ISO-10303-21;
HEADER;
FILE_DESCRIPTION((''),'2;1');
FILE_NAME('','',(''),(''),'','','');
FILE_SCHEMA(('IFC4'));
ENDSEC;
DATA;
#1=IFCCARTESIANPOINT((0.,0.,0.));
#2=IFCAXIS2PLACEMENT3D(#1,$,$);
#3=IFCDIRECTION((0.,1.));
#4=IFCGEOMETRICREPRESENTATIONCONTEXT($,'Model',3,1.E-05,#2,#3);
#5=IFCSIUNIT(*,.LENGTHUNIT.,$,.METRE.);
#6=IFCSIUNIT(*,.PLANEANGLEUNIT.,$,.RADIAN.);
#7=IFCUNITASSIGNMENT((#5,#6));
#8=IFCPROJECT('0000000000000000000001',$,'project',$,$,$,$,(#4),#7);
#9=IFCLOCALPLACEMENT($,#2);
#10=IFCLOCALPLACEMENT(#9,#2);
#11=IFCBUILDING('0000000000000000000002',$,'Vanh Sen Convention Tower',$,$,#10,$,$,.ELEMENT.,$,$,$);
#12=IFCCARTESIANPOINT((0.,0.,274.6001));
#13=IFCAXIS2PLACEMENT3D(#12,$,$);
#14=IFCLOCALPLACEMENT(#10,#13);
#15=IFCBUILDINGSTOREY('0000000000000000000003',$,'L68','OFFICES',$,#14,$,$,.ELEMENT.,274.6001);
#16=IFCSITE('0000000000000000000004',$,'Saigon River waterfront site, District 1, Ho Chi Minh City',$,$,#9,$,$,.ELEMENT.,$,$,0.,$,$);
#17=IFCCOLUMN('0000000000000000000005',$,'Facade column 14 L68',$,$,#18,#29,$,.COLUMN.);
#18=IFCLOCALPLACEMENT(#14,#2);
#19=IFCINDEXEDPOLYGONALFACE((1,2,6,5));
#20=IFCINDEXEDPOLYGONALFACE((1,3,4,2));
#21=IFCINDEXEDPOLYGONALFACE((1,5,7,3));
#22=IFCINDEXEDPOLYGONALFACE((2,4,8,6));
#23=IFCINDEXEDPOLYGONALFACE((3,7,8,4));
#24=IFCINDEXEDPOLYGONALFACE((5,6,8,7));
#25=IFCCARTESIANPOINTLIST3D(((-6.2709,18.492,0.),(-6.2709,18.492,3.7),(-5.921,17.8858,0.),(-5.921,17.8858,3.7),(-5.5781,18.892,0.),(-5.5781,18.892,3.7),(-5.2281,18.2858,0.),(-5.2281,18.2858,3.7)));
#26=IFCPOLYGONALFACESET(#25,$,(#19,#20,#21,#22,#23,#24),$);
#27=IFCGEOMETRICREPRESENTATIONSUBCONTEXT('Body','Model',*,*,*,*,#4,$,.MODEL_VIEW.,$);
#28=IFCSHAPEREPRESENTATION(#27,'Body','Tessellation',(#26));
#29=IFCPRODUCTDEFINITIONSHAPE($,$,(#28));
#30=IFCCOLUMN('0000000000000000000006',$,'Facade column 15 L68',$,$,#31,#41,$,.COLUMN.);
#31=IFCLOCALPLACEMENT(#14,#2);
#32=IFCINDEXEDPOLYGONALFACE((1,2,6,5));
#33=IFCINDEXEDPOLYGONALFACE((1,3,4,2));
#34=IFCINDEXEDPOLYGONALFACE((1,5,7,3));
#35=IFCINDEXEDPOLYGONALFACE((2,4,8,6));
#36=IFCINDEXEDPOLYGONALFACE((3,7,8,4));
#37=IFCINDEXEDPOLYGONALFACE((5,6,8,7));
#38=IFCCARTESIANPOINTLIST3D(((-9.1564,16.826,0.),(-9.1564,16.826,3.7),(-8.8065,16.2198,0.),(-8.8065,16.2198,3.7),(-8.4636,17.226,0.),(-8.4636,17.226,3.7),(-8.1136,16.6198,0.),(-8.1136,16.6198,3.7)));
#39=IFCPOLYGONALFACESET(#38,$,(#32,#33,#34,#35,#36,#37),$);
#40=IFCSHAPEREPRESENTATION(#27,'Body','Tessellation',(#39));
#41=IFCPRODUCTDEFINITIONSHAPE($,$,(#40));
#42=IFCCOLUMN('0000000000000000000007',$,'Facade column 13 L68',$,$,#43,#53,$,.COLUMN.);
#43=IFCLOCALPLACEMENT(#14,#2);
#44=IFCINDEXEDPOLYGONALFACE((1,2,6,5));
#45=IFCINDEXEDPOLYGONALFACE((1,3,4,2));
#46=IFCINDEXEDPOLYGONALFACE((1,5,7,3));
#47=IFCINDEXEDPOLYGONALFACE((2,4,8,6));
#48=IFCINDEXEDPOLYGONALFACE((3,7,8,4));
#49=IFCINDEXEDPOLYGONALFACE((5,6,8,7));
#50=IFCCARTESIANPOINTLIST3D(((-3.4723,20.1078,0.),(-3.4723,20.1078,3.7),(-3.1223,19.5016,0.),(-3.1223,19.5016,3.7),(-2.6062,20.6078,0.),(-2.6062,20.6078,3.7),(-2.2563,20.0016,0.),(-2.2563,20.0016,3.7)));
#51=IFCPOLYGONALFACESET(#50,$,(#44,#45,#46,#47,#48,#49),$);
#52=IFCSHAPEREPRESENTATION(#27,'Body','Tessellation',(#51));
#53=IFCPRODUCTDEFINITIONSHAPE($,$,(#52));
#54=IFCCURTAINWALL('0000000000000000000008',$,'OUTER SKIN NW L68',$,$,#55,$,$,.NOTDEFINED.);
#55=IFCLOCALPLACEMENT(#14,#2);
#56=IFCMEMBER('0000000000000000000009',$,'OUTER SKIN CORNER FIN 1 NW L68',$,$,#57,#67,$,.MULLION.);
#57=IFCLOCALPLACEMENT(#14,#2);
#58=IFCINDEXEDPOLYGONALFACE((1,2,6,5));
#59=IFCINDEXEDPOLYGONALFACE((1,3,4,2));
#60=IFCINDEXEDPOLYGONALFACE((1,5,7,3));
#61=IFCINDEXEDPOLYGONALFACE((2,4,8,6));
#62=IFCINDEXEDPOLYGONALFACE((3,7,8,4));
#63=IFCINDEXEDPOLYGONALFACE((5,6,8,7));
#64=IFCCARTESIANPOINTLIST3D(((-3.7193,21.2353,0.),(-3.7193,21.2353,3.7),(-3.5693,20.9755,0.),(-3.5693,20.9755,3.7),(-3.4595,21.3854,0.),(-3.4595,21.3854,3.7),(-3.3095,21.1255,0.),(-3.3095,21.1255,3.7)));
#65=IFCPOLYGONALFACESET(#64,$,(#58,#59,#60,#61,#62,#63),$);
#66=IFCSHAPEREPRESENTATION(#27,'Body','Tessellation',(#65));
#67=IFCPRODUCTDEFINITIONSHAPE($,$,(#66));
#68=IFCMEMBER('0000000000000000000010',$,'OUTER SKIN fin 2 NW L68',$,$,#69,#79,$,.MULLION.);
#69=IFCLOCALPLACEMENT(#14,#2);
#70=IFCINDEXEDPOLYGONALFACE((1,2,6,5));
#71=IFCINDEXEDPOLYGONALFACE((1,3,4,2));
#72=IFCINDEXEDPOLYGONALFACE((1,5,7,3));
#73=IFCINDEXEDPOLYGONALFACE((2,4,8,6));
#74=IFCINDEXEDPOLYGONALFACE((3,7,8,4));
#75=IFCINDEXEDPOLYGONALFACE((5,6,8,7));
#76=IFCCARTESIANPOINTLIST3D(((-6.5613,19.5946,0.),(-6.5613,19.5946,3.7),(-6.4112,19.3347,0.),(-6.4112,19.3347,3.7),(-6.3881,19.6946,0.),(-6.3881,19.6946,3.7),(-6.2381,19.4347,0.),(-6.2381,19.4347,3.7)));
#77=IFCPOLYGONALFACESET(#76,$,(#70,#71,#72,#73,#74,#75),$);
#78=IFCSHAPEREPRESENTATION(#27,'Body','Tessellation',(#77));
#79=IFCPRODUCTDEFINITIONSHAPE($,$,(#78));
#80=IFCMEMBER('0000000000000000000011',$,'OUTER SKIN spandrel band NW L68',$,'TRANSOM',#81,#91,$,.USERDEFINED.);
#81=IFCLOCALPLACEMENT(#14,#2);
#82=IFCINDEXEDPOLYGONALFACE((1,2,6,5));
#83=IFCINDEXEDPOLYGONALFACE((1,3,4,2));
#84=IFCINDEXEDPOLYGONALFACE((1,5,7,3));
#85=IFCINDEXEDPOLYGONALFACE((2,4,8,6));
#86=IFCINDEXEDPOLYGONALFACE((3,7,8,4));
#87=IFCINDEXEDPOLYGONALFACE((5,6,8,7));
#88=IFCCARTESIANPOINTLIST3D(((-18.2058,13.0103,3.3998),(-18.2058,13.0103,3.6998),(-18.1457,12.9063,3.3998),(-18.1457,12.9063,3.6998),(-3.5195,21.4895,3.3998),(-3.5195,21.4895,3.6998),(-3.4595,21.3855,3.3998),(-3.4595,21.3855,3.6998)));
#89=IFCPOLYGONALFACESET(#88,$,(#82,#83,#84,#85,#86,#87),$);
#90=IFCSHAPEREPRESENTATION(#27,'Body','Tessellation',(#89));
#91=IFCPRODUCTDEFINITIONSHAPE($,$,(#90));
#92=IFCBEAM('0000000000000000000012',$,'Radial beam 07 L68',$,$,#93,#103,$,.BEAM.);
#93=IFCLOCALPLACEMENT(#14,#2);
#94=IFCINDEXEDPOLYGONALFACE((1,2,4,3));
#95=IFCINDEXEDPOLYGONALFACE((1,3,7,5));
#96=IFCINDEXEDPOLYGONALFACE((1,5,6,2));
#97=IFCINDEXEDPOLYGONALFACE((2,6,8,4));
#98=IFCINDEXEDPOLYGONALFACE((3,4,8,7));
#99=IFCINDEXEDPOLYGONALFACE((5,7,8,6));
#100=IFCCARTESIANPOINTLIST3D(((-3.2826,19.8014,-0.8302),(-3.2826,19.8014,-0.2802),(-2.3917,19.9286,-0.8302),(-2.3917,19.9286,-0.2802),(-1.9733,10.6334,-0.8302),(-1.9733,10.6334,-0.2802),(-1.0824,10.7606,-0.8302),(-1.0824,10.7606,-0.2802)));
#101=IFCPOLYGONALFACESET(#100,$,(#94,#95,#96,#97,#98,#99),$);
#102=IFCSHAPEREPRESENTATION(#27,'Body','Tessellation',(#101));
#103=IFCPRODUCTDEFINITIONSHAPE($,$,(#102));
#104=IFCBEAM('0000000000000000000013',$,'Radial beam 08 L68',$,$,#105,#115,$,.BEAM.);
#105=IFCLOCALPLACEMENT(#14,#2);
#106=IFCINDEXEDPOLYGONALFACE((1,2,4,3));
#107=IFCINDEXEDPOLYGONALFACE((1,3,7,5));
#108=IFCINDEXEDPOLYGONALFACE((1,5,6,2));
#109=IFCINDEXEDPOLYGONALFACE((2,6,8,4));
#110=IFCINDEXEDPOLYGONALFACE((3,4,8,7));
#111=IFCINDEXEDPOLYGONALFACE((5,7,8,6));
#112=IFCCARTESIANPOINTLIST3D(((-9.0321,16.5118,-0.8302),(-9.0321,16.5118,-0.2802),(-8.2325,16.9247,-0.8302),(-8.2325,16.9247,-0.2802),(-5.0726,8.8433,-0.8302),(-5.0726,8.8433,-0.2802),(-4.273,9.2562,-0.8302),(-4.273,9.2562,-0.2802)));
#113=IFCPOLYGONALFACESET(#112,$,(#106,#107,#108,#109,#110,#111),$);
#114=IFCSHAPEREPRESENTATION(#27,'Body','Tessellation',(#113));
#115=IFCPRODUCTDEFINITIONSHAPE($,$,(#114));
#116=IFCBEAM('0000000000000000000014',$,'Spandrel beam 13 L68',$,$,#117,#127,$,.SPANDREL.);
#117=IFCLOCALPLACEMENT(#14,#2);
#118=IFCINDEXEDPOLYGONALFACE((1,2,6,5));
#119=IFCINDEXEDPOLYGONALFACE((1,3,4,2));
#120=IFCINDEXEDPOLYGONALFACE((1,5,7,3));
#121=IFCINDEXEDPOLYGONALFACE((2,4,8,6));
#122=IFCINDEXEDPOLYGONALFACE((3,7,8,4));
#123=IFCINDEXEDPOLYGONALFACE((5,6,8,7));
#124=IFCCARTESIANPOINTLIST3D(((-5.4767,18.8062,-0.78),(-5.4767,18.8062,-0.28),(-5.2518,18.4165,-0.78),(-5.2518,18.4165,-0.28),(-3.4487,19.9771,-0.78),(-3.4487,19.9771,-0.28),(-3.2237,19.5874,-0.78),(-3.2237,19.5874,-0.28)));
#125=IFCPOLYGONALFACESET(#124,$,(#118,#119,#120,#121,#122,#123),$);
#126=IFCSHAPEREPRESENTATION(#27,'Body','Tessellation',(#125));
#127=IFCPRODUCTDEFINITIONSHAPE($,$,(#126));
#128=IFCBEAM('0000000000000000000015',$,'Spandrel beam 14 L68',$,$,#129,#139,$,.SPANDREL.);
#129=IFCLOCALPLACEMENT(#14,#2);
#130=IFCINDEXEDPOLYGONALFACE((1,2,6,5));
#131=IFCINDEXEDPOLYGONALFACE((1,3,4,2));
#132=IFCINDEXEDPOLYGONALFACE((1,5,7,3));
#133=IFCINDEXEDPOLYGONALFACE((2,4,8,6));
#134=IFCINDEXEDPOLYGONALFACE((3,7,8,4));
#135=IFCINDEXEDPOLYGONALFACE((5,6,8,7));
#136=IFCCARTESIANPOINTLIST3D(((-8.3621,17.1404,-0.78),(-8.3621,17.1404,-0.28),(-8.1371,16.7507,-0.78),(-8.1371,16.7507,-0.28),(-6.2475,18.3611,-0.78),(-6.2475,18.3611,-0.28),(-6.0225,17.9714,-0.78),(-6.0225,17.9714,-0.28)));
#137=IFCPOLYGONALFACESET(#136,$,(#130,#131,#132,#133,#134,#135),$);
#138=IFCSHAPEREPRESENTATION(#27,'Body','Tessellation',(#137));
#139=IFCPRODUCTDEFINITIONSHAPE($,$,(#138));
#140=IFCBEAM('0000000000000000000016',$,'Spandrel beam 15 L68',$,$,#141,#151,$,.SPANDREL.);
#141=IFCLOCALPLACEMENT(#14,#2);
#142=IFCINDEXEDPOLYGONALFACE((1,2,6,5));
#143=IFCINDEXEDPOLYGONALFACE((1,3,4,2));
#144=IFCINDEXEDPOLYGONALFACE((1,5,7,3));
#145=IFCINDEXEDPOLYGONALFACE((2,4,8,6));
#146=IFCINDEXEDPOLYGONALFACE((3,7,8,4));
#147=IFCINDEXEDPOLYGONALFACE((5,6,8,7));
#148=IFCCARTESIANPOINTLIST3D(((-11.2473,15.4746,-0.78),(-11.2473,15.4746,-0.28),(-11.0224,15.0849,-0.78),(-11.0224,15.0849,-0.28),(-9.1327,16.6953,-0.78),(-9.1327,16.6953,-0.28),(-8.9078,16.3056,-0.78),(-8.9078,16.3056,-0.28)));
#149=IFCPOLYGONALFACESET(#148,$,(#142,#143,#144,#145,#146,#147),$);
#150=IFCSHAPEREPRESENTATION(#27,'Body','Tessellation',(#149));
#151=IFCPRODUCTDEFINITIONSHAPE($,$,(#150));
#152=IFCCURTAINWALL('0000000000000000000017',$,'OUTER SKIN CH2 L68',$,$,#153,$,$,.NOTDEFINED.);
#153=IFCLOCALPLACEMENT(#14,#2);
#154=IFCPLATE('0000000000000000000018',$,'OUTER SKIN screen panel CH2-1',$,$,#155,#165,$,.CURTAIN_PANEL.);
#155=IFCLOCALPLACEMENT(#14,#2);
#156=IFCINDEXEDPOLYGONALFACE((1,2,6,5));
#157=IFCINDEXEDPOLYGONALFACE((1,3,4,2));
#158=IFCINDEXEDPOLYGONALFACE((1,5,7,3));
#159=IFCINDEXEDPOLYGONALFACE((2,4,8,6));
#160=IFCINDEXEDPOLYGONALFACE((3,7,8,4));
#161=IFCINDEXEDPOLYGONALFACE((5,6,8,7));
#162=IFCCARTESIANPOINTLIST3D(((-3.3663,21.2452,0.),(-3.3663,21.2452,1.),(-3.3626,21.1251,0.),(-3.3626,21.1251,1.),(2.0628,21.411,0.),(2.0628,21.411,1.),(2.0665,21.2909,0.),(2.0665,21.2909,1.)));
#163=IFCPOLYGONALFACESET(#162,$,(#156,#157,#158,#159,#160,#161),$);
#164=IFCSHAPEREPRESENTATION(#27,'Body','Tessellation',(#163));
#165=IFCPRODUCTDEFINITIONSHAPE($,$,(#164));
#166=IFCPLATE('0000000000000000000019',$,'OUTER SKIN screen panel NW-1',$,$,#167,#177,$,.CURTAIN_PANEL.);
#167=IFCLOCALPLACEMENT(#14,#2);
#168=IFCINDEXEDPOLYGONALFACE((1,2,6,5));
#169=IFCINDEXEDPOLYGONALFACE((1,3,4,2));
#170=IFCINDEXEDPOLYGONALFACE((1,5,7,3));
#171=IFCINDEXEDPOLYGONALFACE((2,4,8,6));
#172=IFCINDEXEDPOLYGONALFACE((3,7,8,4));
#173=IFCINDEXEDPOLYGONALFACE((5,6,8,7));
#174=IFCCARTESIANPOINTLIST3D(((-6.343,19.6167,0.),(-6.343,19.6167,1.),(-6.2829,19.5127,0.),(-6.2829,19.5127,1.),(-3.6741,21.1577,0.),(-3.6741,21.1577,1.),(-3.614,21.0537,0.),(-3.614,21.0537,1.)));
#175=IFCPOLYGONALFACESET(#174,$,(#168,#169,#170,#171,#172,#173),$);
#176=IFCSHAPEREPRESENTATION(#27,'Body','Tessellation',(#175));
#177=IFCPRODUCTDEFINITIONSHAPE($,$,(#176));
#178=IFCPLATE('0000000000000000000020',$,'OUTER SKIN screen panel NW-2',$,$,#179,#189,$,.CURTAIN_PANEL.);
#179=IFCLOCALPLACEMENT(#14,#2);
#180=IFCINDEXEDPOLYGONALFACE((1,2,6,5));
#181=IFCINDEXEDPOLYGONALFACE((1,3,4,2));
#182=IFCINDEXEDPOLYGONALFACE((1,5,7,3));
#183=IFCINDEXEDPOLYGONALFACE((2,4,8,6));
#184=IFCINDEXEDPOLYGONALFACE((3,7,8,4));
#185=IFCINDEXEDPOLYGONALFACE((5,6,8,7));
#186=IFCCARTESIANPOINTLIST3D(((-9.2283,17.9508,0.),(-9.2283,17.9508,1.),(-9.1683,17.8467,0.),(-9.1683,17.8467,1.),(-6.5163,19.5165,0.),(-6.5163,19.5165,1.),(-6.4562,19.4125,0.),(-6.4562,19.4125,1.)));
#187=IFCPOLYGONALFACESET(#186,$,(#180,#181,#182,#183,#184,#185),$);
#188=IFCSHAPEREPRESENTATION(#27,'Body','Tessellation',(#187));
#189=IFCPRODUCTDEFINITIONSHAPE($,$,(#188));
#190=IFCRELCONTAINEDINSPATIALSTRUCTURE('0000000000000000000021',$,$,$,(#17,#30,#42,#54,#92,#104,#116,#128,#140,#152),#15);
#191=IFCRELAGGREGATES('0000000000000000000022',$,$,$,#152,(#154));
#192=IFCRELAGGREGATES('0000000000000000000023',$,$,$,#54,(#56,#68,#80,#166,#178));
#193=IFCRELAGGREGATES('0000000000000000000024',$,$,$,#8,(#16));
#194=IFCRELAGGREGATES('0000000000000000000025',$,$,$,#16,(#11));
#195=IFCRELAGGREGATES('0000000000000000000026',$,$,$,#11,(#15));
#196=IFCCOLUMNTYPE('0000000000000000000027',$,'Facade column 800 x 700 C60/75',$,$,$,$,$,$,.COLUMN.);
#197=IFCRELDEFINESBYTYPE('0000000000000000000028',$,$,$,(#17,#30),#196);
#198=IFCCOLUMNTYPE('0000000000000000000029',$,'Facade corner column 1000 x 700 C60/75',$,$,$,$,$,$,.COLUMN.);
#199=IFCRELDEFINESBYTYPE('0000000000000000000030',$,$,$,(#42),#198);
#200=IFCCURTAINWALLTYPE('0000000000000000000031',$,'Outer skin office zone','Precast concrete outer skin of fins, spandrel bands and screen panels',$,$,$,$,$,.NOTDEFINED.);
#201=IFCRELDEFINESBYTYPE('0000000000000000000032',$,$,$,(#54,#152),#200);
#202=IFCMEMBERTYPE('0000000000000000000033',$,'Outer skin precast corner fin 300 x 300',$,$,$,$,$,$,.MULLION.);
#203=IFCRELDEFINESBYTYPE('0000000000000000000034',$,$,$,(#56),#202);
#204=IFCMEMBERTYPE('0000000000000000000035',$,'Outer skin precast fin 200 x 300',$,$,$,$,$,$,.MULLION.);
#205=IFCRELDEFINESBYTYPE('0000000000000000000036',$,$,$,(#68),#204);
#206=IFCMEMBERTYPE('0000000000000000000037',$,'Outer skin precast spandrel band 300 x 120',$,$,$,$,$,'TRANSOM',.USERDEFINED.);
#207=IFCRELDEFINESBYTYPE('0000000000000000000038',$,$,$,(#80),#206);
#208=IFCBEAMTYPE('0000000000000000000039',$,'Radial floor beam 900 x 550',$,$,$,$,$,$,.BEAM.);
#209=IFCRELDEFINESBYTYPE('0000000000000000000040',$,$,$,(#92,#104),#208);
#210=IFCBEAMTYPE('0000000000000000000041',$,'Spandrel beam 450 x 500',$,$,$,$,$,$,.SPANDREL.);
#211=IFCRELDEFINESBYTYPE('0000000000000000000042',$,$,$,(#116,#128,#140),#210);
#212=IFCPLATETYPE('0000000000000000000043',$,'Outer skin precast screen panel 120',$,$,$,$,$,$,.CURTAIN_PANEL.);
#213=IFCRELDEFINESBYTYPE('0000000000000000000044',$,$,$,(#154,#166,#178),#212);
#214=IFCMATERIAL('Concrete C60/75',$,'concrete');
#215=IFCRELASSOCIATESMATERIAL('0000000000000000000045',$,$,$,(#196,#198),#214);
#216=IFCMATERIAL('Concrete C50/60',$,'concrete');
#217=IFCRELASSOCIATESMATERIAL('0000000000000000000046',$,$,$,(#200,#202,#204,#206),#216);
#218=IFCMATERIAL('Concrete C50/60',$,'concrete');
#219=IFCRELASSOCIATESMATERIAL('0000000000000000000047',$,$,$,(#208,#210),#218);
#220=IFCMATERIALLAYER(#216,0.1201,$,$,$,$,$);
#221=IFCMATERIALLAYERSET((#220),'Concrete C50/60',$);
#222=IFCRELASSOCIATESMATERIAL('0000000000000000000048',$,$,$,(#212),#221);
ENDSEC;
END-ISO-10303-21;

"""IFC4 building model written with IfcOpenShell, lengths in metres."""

from ifc_helpers import new_model, si_unit, direction, frame, origin, origin_2d, place, context, subcontext, project, spatial, rectangle, extrude, material, layer, layer_set, material_profile, profile_set, type_object, element, aggregate, save


model = new_model("IFC4")

# Units and contexts
model_context = context("Model", 3, precision=1e-05, world=origin(), true_north=direction((0.0, 1.0)))
body_context = subcontext(model_context, "Body", "Model", "MODEL_VIEW")
ifc_project = project(units=[si_unit("LENGTHUNIT", "METRE"), si_unit("PLANEANGLEUNIT", "RADIAN")], contexts=[model_context])

# Site, building, storey
site_placement = place(None, origin())
site = spatial("IfcSite", under=ifc_project, at=site_placement, Name="Saigon River waterfront site, District 1, Ho Chi Minh City", CompositionType="ELEMENT", RefElevation=0.0)
building_placement = place(site_placement, origin())
building = spatial("IfcBuilding", under=site, at=building_placement, Name="Vanh Sen Convention Tower", CompositionType="ELEMENT")
storey_placement = place(building_placement, frame((0.0, 0.0, 274.6001)))
storey = spatial("IfcBuildingStorey", under=building, at=storey_placement, Name="L68", Description="OFFICES", CompositionType="ELEMENT", Elevation=274.6001)

# Columns
ifc_material_1 = material(Name="Concrete C60/75", Category="concrete")
ifc_material_profile_1 = material_profile(ifc_material_1, rectangle(XDim=0.8, YDim=0.7, at=origin_2d()), Name="RC 800X700")
ifc_profile_set_1 = profile_set([ifc_material_profile_1], Name="Concrete C60/75")
column_type_1 = type_object("IfcColumnType", Name="Facade column 800 x 700 C60/75", PredefinedType="COLUMN", material=ifc_profile_set_1)
for number, where, z_axis, x_axis, name in (
    (1, (-5.7495, 18.3889, 0.0), (0.0, 0.0, 1.0), (-0.866025, -0.5, 0.0), "Facade column 14 L68"),
    (2, (-8.635, 16.7229, 0.0), (0.0, 0.0, 1.0), (-0.866025, -0.5, 0.0), "Facade column 15 L68"),
):
    element("IfcColumn", number, at=place(storey_placement, frame(where, z_axis=z_axis, x_axis=x_axis)), inside=storey, type_object=column_type_1, Name=name, PredefinedType="COLUMN", context=body_context, shape_type="SweptSolid", body=[
        extrude(rectangle(XDim=0.8, YDim=0.7, at=origin_2d()), origin(), (0.0, 0.0, 1.0), 3.7),
    ])
ifc_material_profile_2 = material_profile(ifc_material_1, rectangle(XDim=1.0, YDim=0.7, at=origin_2d()), Name="RC 1000X700")
ifc_profile_set_2 = profile_set([ifc_material_profile_2], Name="Concrete C60/75")
column_type_2 = type_object("IfcColumnType", Name="Facade corner column 1000 x 700 C60/75", PredefinedType="COLUMN", material=ifc_profile_set_2)
column_placement = place(storey_placement, frame((-2.8643, 20.0547, 0.0), z_axis=(0.0, 0.0, 1.0), x_axis=(-0.866025, -0.5, 0.0)))
element("IfcColumn", 3, at=column_placement, inside=storey, type_object=column_type_2, Name="Facade column 13 L68", PredefinedType="COLUMN", context=body_context, shape_type="SweptSolid", body=[
    extrude(rectangle(XDim=1.0, YDim=0.7, at=origin_2d()), origin(), (0.0, 0.0, 1.0), 3.7),
])

# Curtain wall, members
ifc_material_2 = material(Name="Concrete C50/60", Category="concrete")
curtain_wall_type = type_object("IfcCurtainWallType", Name="Outer skin office zone", Description="Precast concrete outer skin of fins, spandrel bands and screen panels", PredefinedType="NOTDEFINED", material=ifc_material_2)
curtain_wall_1_placement = place(storey_placement, origin())
curtain_wall_1 = element("IfcCurtainWall", 4, at=curtain_wall_1_placement, inside=storey, type_object=curtain_wall_type, Name="OUTER SKIN NW L68", PredefinedType="NOTDEFINED")
ifc_material_profile_3 = material_profile(ifc_material_2, rectangle(XDim=0.3, YDim=0.3, at=origin_2d()), Name="Outer skin precast corner fin 300 x 300")
ifc_profile_set_3 = profile_set([ifc_material_profile_3], Name="Concrete C50/60")
member_type_1 = type_object("IfcMemberType", Name="Outer skin precast corner fin 300 x 300", PredefinedType="MULLION", material=ifc_profile_set_3)
member_1_placement = place(storey_placement, frame((-3.5144, 21.1804, 0.0), z_axis=(0.0, 0.0, 1.0), x_axis=(-0.866025, -0.5, 0.0)))
member_1 = element("IfcMember", 5, at=member_1_placement, type_object=member_type_1, Name="OUTER SKIN CORNER FIN 1 NW L68", PredefinedType="MULLION", context=body_context, shape_type="SweptSolid", body=[
    extrude(rectangle(XDim=0.3, YDim=0.3, at=origin_2d()), origin(), (0.0, 0.0, 1.0), 3.7),
])
ifc_material_profile_4 = material_profile(ifc_material_2, rectangle(XDim=0.2, YDim=0.3, at=origin_2d()), Name="Outer skin precast fin 200 x 300")
ifc_profile_set_4 = profile_set([ifc_material_profile_4], Name="Concrete C50/60")
member_type_2 = type_object("IfcMemberType", Name="Outer skin precast fin 200 x 300", PredefinedType="MULLION", material=ifc_profile_set_4)
member_2_placement = place(storey_placement, frame((-6.3997, 19.5146, 0.0), z_axis=(0.0, 0.0, 1.0), x_axis=(-0.866025, -0.5, 0.0)))
member_2 = element("IfcMember", 6, at=member_2_placement, type_object=member_type_2, Name="OUTER SKIN fin 2 NW L68", PredefinedType="MULLION", context=body_context, shape_type="SweptSolid", body=[
    extrude(rectangle(XDim=0.2, YDim=0.3, at=origin_2d()), origin(), (0.0, 0.0, 1.0), 3.7),
])
ifc_material_profile_5 = material_profile(ifc_material_2, rectangle(XDim=0.1201, YDim=0.3, at=origin_2d()), Name="Outer skin precast spandrel band 300 x 120")
ifc_profile_set_5 = profile_set([ifc_material_profile_5], Name="Concrete C50/60")
member_type_3 = type_object("IfcMemberType", Name="Outer skin precast spandrel band 300 x 120", ElementType="TRANSOM", PredefinedType="USERDEFINED", material=ifc_profile_set_5)
member_3_placement = place(storey_placement, frame((-3.4895, 21.4375, 3.5498), z_axis=(-0.866022, -0.500005, 0.0), x_axis=(0.500005, -0.866022, 0.0)))
member_3 = element("IfcMember", 7, at=member_3_placement, type_object=member_type_3, Name="OUTER SKIN spandrel band NW L68", ObjectType="TRANSOM", PredefinedType="USERDEFINED", context=body_context, shape_type="SweptSolid", body=[
    extrude(rectangle(XDim=0.1201, YDim=0.3, at=origin_2d()), origin(), (0.0, 0.0, 1.0), 16.9583),
])

# Beams
ifc_material_3 = material(Name="Concrete C50/60", Category="concrete")
ifc_material_profile_6 = material_profile(ifc_material_3, rectangle(XDim=0.8999, YDim=0.55, at=origin_2d()), Name="RC 900X550")
ifc_profile_set_6 = profile_set([ifc_material_profile_6], Name="Concrete C50/60")
beam_type_1 = type_object("IfcBeamType", Name="Radial floor beam 900 x 550", PredefinedType="BEAM", material=ifc_profile_set_6)
beam_1_placement = place(storey_placement, frame((-2.8372, 19.865, -0.5552), z_axis=(0.141381, -0.989955, 0.0), x_axis=(0.989955, 0.141381, 0.0)))
element("IfcBeam", 8, at=beam_1_placement, inside=storey, type_object=beam_type_1, Name="Radial beam 07 L68", PredefinedType="BEAM", context=body_context, shape_type="SweptSolid", body=[
    extrude(rectangle(XDim=0.8999, YDim=0.55, at=origin_2d()), origin(), (0.0, 0.0, 1.0), 9.261),
])
beam_2_placement = place(storey_placement, frame((-8.6323, 16.7183, -0.5552), z_axis=(0.458786, -0.888547, 0.0), x_axis=(0.888547, 0.458786, 0.0)))
element("IfcBeam", 9, at=beam_2_placement, inside=storey, type_object=beam_type_1, Name="Radial beam 08 L68", PredefinedType="BEAM", context=body_context, shape_type="SweptSolid", body=[
    extrude(rectangle(XDim=0.8999, YDim=0.55, at=origin_2d()), origin(), (0.0, 0.0, 1.0), 8.6304),
])
ifc_material_profile_7 = material_profile(ifc_material_3, rectangle(XDim=0.45, YDim=0.5, at=origin_2d()), Name="RC 450X500")
ifc_profile_set_7 = profile_set([ifc_material_profile_7], Name="Concrete C50/60")
beam_type_2 = type_object("IfcBeamType", Name="Spandrel beam 450 x 500", PredefinedType="SPANDREL", material=ifc_profile_set_7)
beam_3_placement = place(storey_placement, frame((-3.3362, 19.7822, -0.53), z_axis=(-0.866028, -0.499996, 0.0), x_axis=(0.499996, -0.866028, 0.0)))
element("IfcBeam", 10, at=beam_3_placement, inside=storey, type_object=beam_type_2, Name="Spandrel beam 13 L68", PredefinedType="SPANDREL", context=body_context, shape_type="SweptSolid", body=[
    extrude(rectangle(XDim=0.45, YDim=0.5, at=origin_2d()), origin(), (0.0, 0.0, 1.0), 2.3418),
])
for number, where, z_axis, x_axis, name in (
    (11, (-6.135, 18.1663, -0.53), (-0.866044, -0.499968, 0.0), (0.499968, -0.866044, 0.0), "Spandrel beam 14 L68"),
    (12, (-9.0203, 16.5005, -0.53), (-0.866044, -0.499968, 0.0), (0.499968, -0.866044, 0.0), "Spandrel beam 15 L68"),
):
    element("IfcBeam", number, at=place(storey_placement, frame(where, z_axis=z_axis, x_axis=x_axis)), inside=storey, type_object=beam_type_2, Name=name, PredefinedType="SPANDREL", context=body_context, shape_type="SweptSolid", body=[
        extrude(rectangle(XDim=0.45, YDim=0.5, at=origin_2d()), origin(), (0.0, 0.0, 1.0), 2.4417),
    ])

# Curtain wall, plate
curtain_wall_2_placement = place(storey_placement, origin())
curtain_wall_2 = element("IfcCurtainWall", 13, at=curtain_wall_2_placement, inside=storey, type_object=curtain_wall_type, Name="OUTER SKIN CH2 L68", PredefinedType="NOTDEFINED")
ifc_layer_1 = layer(ifc_material_2, 0.1201)
ifc_layer_set_1 = layer_set([ifc_layer_1], Name="Concrete C50/60")
plate_type = type_object("IfcPlateType", Name="Outer skin precast screen panel 120", PredefinedType="CURTAIN_PANEL", material=ifc_layer_set_1)
plate_1_placement = place(storey_placement, frame((-0.6499, 21.2681, 0.0), z_axis=(0.0, 0.0, 1.0), x_axis=(-0.999534, -0.030528, 0.0)))
plate_1 = element("IfcPlate", 14, at=plate_1_placement, type_object=plate_type, Name="OUTER SKIN screen panel CH2-1", PredefinedType="CURTAIN_PANEL", context=body_context, shape_type="SweptSolid", body=[
    extrude(rectangle(XDim=5.4316, YDim=0.1201, at=origin_2d()), origin(), (0.0, 0.0, 1.0), 1.0),
])
aggregate(curtain_wall_2, [plate_1])

# Plates
plate_2_placement = place(storey_placement, frame((-4.9785, 20.3352, 0.0), z_axis=(0.0, 0.0, 1.0), x_axis=(-0.866016, -0.500017, 0.0)))
plate_2 = element("IfcPlate", 15, at=plate_2_placement, type_object=plate_type, Name="OUTER SKIN screen panel NW-1", PredefinedType="CURTAIN_PANEL", context=body_context, shape_type="SweptSolid", body=[
    extrude(rectangle(XDim=3.0818, YDim=0.1201, at=origin_2d()), origin(), (0.0, 0.0, 1.0), 1.0),
])
plate_3_placement = place(storey_placement, frame((-7.8423, 18.6816, 0.0), z_axis=(0.0, 0.0, 1.0), x_axis=(-0.866029, -0.499994, 0.0)))
plate_3 = element("IfcPlate", 16, at=plate_3_placement, type_object=plate_type, Name="OUTER SKIN screen panel NW-2", PredefinedType="CURTAIN_PANEL", context=body_context, shape_type="SweptSolid", body=[
    extrude(rectangle(XDim=3.1316, YDim=0.1201, at=origin_2d()), origin(), (0.0, 0.0, 1.0), 1.0),
])
aggregate(curtain_wall_1, [member_1, member_2, member_3, plate_2, plate_3])

save(model, "model.ifc")
